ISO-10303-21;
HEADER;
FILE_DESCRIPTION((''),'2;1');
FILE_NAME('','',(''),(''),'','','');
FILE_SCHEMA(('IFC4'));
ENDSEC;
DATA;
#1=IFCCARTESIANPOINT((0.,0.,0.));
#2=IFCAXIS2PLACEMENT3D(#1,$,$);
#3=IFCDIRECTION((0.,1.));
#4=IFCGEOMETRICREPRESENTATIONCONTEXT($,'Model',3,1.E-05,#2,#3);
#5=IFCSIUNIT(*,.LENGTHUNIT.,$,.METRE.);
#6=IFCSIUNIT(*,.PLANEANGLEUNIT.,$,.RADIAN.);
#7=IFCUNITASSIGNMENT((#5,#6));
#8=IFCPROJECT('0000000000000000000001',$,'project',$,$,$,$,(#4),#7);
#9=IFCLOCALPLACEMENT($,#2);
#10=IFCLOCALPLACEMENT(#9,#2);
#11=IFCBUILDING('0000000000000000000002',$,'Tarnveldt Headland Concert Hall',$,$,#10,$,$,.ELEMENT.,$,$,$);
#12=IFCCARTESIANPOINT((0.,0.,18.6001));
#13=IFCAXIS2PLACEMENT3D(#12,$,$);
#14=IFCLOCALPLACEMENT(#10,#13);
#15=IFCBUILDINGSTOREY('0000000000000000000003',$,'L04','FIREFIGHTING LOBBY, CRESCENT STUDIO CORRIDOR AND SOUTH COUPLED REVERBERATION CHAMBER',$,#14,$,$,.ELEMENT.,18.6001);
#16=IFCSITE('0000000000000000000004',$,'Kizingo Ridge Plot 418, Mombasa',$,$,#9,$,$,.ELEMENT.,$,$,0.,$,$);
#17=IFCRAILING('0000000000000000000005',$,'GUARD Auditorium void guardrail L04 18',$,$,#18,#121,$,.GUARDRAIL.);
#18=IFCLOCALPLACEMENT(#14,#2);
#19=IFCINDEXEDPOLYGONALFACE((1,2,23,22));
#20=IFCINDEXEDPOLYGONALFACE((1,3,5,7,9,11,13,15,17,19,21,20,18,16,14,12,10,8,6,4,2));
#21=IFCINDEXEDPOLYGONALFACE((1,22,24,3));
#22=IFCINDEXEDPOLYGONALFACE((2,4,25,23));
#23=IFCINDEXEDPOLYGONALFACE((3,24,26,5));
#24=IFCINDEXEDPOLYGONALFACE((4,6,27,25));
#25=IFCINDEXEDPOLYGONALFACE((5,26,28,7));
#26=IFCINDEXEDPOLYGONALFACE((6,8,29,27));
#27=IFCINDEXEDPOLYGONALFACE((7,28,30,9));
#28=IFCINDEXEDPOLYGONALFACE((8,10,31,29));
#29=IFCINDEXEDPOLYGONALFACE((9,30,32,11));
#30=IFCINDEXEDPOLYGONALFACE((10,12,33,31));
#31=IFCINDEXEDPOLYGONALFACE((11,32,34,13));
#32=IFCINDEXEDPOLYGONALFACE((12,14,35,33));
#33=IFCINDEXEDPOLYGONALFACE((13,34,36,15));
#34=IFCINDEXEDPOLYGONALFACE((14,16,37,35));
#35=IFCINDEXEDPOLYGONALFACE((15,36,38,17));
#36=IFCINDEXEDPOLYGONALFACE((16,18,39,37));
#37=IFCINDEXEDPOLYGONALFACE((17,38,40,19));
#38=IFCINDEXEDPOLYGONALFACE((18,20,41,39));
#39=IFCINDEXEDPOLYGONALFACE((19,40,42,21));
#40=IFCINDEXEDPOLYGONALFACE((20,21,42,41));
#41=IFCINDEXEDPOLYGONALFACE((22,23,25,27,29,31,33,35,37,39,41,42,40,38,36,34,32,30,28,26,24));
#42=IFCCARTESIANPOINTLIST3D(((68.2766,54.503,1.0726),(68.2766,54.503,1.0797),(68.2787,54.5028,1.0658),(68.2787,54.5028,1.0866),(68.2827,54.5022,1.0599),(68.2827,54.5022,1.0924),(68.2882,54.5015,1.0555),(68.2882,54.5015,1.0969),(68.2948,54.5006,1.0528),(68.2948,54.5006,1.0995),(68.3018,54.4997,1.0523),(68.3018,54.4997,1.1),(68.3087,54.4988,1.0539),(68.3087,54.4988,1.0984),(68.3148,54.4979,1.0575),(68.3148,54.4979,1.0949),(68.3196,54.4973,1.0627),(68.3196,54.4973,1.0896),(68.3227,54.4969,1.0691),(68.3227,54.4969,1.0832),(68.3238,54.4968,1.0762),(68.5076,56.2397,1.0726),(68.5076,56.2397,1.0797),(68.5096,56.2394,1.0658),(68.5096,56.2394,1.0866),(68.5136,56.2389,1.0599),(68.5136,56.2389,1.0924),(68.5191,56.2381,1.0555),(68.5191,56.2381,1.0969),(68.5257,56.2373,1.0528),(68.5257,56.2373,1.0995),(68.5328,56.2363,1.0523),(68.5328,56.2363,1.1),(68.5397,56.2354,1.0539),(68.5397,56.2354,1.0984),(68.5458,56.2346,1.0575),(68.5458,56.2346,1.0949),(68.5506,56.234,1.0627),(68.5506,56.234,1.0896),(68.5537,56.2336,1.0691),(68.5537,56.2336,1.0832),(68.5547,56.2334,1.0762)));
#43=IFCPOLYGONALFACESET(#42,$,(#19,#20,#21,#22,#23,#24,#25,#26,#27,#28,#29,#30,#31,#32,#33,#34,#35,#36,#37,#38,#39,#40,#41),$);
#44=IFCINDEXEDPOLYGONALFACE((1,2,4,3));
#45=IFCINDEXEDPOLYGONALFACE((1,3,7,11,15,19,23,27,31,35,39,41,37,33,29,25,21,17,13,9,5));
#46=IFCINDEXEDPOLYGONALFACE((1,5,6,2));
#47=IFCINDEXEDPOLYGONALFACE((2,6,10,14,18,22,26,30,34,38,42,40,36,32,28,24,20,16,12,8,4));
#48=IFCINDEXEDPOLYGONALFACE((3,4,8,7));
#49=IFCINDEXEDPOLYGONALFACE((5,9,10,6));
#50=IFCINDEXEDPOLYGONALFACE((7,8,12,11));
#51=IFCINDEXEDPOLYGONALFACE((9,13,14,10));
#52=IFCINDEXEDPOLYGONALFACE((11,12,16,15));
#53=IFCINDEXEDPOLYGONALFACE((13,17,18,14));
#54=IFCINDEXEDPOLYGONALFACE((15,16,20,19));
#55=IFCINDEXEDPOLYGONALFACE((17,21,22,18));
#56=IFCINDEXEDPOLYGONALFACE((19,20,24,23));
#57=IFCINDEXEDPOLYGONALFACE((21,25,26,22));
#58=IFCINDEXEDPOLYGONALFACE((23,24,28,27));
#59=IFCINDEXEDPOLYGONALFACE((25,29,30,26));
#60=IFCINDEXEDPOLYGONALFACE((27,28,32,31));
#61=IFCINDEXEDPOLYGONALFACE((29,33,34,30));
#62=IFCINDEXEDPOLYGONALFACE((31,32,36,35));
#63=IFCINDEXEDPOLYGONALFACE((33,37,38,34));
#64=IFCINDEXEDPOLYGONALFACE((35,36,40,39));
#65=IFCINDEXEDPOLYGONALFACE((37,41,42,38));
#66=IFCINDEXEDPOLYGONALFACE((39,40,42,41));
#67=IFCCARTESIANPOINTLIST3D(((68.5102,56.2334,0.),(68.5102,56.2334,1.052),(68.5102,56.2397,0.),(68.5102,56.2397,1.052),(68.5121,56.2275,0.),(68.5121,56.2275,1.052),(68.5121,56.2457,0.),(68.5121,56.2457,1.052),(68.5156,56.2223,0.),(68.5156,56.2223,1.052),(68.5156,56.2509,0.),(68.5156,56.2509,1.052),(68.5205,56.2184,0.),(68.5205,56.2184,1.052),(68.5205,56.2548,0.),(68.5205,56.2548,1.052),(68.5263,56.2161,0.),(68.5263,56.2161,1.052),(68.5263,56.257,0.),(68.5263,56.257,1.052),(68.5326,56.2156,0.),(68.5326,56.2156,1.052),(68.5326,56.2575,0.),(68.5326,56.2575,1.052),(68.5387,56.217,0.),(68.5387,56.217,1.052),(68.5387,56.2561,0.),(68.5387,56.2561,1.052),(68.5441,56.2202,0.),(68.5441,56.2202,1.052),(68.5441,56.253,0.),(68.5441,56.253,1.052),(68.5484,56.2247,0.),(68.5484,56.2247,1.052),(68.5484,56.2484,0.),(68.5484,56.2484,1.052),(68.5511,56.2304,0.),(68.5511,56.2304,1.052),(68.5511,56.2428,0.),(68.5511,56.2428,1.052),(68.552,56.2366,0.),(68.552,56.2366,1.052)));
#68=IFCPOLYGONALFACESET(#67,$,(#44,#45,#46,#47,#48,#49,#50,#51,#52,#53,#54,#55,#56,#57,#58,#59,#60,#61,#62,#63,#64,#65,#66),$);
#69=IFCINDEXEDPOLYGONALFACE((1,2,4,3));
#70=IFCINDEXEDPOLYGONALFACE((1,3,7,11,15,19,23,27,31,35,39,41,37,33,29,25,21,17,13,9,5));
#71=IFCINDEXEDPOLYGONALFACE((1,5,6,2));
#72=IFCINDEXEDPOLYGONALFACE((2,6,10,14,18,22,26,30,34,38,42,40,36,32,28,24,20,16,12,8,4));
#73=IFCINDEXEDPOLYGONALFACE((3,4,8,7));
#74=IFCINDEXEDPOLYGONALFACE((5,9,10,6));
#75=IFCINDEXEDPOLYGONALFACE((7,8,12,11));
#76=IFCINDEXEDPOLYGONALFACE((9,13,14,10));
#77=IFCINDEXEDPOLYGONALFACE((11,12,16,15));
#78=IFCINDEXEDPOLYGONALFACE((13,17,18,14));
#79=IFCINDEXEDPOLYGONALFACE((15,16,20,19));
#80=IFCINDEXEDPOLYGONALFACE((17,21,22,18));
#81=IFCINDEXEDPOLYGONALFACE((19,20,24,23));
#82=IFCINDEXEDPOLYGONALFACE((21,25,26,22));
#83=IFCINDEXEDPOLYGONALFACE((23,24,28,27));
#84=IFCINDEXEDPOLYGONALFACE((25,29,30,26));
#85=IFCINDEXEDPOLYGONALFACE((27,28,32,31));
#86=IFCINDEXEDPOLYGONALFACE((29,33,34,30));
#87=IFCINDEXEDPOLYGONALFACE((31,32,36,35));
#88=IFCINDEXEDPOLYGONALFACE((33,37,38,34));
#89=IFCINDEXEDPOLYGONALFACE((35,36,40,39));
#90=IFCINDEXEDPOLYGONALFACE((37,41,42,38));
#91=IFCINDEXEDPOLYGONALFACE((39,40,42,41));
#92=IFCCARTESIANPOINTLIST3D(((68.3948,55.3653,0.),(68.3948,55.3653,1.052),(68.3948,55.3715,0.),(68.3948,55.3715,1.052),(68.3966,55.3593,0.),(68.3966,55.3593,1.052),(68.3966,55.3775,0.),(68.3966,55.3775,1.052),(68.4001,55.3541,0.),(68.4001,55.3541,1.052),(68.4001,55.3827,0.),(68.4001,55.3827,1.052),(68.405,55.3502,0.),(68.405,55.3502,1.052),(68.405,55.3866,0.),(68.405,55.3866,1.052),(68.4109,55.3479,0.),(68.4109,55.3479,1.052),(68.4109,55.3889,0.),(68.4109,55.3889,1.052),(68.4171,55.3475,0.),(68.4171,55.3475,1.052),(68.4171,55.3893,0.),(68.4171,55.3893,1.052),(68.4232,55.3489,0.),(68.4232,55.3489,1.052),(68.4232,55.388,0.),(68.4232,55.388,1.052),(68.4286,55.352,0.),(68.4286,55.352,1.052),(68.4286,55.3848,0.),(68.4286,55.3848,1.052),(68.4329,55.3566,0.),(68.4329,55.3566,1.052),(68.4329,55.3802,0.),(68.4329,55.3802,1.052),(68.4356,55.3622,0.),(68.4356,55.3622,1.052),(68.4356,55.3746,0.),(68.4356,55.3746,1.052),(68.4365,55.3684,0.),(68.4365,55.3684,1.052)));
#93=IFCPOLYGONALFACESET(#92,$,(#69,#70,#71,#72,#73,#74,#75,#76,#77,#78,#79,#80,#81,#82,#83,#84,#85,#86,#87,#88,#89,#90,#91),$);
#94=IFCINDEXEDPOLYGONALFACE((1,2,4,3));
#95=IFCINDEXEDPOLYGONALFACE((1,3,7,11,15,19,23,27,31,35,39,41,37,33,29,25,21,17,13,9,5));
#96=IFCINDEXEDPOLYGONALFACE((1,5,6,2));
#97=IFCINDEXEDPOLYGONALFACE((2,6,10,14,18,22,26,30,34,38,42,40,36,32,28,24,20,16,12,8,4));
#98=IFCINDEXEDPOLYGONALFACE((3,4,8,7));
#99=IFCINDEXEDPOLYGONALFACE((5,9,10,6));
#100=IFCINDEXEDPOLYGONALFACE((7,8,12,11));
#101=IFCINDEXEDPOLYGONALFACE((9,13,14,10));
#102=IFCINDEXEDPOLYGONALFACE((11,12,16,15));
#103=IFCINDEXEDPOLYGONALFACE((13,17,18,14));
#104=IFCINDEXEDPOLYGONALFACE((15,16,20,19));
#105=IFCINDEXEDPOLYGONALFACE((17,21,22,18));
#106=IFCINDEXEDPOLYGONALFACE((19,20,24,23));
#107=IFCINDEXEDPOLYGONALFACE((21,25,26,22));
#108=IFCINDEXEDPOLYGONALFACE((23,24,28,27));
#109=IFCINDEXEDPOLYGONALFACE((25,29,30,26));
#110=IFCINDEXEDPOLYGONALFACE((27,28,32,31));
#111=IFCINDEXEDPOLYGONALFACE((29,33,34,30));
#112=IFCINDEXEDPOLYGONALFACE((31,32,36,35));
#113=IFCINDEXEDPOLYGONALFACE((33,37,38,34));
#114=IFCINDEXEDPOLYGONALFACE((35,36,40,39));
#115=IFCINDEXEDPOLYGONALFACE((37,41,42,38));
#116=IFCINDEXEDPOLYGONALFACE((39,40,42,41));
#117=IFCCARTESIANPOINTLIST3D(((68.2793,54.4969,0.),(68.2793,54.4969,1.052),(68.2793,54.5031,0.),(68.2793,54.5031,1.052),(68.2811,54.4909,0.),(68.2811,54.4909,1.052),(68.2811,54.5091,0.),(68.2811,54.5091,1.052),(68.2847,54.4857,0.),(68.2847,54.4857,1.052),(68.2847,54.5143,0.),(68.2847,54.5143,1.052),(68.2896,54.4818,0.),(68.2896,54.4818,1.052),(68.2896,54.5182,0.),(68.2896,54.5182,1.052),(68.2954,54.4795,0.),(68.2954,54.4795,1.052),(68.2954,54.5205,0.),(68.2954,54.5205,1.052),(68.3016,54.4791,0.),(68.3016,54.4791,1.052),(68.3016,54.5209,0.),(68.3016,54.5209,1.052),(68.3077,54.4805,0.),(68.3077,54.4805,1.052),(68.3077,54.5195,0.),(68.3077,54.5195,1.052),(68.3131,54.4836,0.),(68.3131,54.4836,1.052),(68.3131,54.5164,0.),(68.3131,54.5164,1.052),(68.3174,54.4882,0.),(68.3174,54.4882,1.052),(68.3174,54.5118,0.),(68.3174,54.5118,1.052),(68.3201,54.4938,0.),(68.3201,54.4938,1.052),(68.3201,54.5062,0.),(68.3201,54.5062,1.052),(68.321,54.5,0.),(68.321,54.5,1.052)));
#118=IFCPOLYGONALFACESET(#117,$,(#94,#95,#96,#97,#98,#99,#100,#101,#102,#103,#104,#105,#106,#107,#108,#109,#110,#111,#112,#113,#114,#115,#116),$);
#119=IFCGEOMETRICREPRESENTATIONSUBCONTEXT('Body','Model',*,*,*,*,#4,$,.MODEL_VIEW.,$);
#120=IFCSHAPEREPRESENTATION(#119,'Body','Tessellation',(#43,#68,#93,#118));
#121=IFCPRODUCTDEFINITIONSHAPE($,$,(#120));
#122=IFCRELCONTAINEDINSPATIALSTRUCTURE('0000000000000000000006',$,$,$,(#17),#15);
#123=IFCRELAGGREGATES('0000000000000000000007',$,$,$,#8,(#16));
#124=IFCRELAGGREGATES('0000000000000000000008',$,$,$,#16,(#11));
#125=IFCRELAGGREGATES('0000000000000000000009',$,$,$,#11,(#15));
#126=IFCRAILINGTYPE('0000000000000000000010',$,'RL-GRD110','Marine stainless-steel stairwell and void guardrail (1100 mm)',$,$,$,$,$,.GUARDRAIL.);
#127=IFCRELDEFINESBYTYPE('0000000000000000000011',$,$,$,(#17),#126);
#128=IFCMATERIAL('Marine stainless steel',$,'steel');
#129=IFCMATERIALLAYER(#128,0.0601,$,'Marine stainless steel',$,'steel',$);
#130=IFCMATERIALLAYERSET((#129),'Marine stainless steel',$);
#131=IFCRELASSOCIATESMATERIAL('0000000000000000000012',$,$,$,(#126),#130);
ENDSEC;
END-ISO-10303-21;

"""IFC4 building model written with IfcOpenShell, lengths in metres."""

from ifc_helpers import new_model, si_unit, direction, frame, origin, origin_2d, place, context, subcontext, project, spatial, circle, extrude, material, layer, layer_set, type_object, element, save


model = new_model("IFC4")

# Units and contexts
model_context = context("Model", 3, precision=1e-05, world=origin(), true_north=direction((0.0, 1.0)))
body_context = subcontext(model_context, "Body", "Model", "MODEL_VIEW")
ifc_project = project(units=[si_unit("LENGTHUNIT", "METRE"), si_unit("PLANEANGLEUNIT", "RADIAN")], contexts=[model_context])

# Site, building, storey
site_placement = place(None, origin())
site = spatial("IfcSite", under=ifc_project, at=site_placement, Name="Kizingo Ridge Plot 418, Mombasa", CompositionType="ELEMENT", RefElevation=0.0)
building_placement = place(site_placement, origin())
building = spatial("IfcBuilding", under=site, at=building_placement, Name="Tarnveldt Headland Concert Hall", CompositionType="ELEMENT")
storey_placement = place(building_placement, frame((0.0, 0.0, 18.6001)))
storey = spatial("IfcBuildingStorey", under=building, at=storey_placement, Name="L04", Description="FIREFIGHTING LOBBY, CRESCENT STUDIO CORRIDOR AND SOUTH COUPLED REVERBERATION CHAMBER", CompositionType="ELEMENT", Elevation=18.6001)

# Railing
ifc_material_1 = material(Name="Marine stainless steel", Category="steel")
ifc_layer_1 = layer(ifc_material_1, 0.0601, Name="Marine stainless steel", Category="steel")
ifc_layer_set_1 = layer_set([ifc_layer_1], Name="Marine stainless steel")
railing_type = type_object("IfcRailingType", Name="RL-GRD110", Description="Marine stainless-steel stairwell and void guardrail (1100 mm)", PredefinedType="GUARDRAIL", material=ifc_layer_set_1)
railing_1_placement = place(storey_placement, frame((68.531, 56.2366, 0.0)))
element("IfcRailing", 1, at=railing_1_placement, inside=storey, type_object=railing_type, Name="GUARD Auditorium void guardrail L04 18", PredefinedType="GUARDRAIL", context=body_context, shape_type="SweptSolid", body=[
    extrude(circle(Radius=0.0239, at=origin_2d()), frame((0.0, 0.0, 1.0762), z_axis=(-0.131835, -0.991272, 0.0), x_axis=(0.991272, -0.131835, 0.0)), (0.0, 0.0, 1.0), 1.752),
    extrude(circle(Radius=0.021, at=origin_2d()), origin(), (0.0, 0.0, 1.0), 1.052),
    extrude(circle(Radius=0.021, at=origin_2d()), frame((-0.1155, -0.8682, 0.0)), (0.0, 0.0, 1.0), 1.052),
    extrude(circle(Radius=0.021, at=origin_2d()), frame((-0.231, -1.7366, 0.0)), (0.0, 0.0, 1.0), 1.052),
])

save(model, "model.ifc")
